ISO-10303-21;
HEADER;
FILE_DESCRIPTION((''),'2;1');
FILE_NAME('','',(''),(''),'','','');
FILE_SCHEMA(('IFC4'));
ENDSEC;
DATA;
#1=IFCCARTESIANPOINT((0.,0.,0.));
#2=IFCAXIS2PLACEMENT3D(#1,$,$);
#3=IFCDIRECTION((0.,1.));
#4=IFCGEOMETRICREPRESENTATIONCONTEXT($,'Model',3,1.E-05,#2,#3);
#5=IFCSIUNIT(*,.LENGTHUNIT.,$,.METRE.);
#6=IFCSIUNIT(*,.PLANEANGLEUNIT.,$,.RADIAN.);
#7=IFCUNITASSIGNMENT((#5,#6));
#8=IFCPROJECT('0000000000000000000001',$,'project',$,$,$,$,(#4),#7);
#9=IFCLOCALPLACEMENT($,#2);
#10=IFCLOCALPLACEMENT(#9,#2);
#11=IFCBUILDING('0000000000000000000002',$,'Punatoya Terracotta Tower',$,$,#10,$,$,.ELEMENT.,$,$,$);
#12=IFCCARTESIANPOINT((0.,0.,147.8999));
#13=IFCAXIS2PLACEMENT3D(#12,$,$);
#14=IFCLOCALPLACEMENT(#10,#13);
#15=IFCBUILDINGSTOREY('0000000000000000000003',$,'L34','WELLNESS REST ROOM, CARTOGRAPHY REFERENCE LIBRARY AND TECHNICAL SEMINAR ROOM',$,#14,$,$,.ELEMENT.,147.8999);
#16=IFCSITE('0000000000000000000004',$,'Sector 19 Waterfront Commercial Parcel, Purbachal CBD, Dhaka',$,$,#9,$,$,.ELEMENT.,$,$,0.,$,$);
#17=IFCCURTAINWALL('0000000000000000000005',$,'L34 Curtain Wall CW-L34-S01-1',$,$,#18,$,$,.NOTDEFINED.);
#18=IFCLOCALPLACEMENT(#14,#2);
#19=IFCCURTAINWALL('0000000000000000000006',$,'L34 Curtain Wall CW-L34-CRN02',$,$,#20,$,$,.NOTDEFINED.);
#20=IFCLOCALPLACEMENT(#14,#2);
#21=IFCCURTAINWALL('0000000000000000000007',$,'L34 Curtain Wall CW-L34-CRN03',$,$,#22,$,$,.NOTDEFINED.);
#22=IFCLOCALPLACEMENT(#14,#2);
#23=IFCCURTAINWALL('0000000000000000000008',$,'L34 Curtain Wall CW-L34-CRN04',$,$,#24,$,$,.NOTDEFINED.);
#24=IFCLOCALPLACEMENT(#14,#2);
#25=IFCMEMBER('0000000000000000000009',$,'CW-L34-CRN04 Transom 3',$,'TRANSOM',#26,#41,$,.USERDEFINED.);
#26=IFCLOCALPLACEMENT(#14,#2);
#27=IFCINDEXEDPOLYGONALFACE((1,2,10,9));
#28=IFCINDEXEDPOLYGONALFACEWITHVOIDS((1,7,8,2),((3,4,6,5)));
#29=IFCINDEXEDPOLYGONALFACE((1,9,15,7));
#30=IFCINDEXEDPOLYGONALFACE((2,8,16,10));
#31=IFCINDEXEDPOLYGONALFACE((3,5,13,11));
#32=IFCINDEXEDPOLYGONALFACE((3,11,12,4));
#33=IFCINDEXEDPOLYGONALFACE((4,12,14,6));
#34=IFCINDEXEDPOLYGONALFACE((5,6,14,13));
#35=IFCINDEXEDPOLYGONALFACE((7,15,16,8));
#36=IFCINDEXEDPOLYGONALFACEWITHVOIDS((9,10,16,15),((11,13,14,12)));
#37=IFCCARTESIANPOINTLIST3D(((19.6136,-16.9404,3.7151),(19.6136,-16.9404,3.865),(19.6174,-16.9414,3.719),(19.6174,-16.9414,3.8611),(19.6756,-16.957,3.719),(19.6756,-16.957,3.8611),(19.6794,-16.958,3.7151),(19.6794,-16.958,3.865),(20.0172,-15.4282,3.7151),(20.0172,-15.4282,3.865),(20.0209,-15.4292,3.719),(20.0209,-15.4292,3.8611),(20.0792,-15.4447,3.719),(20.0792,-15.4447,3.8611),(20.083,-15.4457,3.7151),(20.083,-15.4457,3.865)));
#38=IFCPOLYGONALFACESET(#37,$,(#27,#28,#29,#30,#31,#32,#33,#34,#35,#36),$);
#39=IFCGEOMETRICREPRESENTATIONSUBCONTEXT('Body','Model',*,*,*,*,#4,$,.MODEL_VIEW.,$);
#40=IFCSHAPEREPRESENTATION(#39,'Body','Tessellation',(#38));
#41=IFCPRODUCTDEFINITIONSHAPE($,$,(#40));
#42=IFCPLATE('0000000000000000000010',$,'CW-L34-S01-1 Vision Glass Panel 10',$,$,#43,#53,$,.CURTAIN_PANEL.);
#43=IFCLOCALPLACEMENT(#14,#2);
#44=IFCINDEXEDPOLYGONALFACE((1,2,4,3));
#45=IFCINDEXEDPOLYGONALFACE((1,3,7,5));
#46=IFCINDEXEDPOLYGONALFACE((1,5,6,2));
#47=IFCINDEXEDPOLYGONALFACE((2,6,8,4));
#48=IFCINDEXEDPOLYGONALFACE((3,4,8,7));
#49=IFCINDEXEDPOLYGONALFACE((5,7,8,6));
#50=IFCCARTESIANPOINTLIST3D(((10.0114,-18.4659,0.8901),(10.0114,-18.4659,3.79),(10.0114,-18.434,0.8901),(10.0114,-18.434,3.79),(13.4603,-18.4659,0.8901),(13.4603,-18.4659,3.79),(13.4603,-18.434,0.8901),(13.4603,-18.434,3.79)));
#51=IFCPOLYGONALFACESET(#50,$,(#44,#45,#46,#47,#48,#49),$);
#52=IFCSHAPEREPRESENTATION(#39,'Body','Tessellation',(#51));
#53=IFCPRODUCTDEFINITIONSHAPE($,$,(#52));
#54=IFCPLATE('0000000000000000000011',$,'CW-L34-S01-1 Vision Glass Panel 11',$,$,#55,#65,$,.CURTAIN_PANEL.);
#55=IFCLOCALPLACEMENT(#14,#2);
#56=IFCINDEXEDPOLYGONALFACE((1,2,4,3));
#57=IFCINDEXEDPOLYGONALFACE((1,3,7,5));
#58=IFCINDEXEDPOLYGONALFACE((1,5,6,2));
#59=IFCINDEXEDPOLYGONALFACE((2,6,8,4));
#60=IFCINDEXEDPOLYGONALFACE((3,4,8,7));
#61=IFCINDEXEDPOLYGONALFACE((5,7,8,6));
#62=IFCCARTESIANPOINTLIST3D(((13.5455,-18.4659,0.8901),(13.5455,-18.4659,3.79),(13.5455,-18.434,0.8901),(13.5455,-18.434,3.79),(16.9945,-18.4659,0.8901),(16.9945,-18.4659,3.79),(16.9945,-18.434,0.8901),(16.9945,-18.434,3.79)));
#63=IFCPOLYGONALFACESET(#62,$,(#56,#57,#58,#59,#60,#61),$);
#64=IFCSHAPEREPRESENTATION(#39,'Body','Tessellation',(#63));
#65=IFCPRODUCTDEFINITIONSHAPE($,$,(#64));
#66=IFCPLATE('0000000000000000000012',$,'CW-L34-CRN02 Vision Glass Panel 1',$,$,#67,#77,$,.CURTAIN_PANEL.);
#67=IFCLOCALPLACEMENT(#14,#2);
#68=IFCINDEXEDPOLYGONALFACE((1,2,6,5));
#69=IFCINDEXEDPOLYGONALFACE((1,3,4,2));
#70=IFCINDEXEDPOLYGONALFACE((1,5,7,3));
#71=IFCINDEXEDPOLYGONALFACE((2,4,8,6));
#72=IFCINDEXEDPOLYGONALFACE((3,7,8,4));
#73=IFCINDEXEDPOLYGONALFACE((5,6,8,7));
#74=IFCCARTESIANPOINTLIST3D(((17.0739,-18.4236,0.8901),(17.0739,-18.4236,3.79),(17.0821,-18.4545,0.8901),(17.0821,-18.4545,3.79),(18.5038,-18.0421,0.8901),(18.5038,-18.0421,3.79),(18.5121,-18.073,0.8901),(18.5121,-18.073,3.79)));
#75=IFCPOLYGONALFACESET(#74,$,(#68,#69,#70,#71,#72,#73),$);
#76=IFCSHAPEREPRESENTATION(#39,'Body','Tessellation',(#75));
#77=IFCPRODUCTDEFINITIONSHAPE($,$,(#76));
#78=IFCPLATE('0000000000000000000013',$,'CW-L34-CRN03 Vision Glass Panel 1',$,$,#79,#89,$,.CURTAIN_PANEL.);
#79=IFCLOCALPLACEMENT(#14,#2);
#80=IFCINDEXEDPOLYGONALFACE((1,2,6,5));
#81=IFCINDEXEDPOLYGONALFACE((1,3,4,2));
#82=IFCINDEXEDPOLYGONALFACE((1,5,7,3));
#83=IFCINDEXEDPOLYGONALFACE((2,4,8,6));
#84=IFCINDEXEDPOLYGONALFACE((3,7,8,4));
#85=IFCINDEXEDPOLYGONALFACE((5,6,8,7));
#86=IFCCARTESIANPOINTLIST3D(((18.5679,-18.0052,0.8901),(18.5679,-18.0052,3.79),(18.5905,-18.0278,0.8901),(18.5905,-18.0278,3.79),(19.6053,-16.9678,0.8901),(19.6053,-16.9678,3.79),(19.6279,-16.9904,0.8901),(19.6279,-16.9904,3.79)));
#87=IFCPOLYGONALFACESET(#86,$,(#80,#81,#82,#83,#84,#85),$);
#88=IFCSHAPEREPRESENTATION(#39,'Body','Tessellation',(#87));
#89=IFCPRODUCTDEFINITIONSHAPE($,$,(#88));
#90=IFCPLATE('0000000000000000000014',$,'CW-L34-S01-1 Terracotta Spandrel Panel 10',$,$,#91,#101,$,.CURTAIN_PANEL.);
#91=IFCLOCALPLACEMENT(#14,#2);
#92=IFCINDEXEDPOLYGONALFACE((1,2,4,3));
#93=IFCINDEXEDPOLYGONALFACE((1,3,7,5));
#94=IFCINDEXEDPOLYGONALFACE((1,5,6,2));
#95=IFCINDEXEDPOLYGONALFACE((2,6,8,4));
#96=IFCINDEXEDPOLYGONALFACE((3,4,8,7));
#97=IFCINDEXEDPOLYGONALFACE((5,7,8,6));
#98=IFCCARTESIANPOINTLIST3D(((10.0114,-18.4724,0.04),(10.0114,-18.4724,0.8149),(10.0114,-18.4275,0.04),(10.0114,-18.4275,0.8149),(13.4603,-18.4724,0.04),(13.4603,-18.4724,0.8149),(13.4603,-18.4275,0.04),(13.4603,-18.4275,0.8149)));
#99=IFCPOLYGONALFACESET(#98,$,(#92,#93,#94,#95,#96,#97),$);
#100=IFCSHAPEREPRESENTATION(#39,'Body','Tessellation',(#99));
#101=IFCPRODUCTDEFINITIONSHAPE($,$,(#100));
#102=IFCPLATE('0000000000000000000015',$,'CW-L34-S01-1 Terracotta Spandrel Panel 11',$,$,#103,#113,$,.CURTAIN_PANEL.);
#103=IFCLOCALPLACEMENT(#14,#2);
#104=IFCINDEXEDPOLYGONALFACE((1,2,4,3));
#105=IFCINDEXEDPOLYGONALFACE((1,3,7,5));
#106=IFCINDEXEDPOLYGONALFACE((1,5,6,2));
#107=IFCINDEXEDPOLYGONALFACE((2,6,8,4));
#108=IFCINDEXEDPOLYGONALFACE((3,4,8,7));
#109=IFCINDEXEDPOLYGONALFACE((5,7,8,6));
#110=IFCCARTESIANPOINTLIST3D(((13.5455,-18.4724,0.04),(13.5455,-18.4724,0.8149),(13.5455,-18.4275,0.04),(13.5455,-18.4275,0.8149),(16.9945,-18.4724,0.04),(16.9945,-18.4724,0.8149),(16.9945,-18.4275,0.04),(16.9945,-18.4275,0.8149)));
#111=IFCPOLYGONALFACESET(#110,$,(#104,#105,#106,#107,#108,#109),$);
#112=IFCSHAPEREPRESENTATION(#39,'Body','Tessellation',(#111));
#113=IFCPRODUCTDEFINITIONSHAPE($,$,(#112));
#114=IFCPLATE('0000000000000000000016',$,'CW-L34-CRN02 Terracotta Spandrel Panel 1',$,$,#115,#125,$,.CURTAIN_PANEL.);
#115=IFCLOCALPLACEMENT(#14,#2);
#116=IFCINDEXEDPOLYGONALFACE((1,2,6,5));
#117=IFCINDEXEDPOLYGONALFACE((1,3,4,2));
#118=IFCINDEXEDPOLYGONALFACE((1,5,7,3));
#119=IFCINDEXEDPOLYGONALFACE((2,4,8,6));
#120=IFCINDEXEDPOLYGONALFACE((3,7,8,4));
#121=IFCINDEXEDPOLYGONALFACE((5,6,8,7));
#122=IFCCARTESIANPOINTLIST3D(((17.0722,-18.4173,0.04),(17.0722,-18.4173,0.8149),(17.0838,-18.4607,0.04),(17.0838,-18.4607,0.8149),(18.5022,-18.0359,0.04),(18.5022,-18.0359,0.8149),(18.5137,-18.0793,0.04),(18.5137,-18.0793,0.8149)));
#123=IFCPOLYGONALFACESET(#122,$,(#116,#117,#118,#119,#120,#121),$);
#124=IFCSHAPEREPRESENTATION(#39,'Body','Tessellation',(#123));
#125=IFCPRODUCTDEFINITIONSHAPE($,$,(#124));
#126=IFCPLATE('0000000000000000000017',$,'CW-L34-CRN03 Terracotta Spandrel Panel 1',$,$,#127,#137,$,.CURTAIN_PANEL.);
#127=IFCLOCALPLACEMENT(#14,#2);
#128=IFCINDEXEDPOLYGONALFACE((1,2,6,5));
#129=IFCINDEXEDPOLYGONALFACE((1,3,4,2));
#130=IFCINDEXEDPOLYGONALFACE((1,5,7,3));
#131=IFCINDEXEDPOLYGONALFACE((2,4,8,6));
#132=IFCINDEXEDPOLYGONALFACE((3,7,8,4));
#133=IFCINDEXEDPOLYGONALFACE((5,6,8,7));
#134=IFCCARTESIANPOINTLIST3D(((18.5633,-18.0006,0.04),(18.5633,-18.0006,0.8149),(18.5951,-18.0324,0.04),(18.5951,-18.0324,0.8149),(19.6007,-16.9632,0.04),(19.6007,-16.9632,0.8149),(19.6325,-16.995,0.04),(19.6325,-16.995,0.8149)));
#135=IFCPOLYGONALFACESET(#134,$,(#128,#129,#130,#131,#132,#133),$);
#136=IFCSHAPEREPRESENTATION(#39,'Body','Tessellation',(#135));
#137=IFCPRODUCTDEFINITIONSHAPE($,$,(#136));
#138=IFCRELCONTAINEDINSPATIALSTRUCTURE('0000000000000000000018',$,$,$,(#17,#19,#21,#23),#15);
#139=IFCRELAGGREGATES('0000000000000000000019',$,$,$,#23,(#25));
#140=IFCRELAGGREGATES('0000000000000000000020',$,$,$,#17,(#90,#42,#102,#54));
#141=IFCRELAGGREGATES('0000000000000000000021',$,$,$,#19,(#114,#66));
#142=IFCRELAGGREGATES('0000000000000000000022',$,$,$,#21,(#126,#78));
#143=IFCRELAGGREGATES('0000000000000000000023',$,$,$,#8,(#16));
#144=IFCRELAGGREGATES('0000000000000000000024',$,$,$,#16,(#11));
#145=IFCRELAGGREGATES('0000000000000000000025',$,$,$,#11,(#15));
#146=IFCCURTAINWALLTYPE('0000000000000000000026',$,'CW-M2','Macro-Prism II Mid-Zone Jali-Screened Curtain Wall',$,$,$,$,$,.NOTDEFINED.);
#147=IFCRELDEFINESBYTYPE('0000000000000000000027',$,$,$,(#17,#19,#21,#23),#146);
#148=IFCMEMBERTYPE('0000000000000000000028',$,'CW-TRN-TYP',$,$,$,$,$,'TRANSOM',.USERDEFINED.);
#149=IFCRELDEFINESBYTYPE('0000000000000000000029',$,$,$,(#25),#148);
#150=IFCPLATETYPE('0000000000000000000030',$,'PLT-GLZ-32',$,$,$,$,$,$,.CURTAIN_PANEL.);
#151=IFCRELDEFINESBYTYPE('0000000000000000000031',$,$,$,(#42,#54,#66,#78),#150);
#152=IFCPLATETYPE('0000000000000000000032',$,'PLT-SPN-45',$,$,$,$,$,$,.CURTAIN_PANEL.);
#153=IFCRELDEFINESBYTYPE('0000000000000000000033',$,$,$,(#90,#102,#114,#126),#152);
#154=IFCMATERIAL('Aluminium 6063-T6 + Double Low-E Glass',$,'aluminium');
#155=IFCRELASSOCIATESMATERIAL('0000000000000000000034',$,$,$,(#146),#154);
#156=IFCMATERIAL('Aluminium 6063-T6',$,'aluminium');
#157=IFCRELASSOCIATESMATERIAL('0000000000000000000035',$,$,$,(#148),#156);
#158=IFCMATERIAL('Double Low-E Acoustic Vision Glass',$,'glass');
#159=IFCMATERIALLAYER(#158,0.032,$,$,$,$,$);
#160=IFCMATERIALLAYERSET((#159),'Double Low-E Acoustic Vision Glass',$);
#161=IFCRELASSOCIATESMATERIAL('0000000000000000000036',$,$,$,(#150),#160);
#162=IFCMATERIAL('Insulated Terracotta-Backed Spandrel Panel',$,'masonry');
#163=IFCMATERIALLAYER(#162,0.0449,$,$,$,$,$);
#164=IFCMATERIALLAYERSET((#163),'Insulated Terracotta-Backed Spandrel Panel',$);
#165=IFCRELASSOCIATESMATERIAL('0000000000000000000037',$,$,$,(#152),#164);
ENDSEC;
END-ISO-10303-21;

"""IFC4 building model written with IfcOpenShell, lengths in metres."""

from ifc_helpers import new_model, si_unit, direction, frame, origin, origin_2d, place, context, subcontext, project, spatial, rectangle, hollow_rectangle, extrude, material, layer, layer_set, material_profile, profile_set, type_object, element, aggregate, save


model = new_model("IFC4")

# Units and contexts
model_context = context("Model", 3, precision=1e-05, world=origin(), true_north=direction((0.0, 1.0)))
body_context = subcontext(model_context, "Body", "Model", "MODEL_VIEW")
ifc_project = project(units=[si_unit("LENGTHUNIT", "METRE"), si_unit("PLANEANGLEUNIT", "RADIAN")], contexts=[model_context])

# Site, building, storey
site_placement = place(None, origin())
site = spatial("IfcSite", under=ifc_project, at=site_placement, Name="Sector 19 Waterfront Commercial Parcel, Purbachal CBD, Dhaka", CompositionType="ELEMENT", RefElevation=0.0)
building_placement = place(site_placement, origin())
building = spatial("IfcBuilding", under=site, at=building_placement, Name="Punatoya Terracotta Tower", CompositionType="ELEMENT")
storey_placement = place(building_placement, frame((0.0, 0.0, 147.8999)))
storey = spatial("IfcBuildingStorey", under=building, at=storey_placement, Name="L34", Description="WELLNESS REST ROOM, CARTOGRAPHY REFERENCE LIBRARY AND TECHNICAL SEMINAR ROOM", CompositionType="ELEMENT", Elevation=147.8999)

# Curtain walls
ifc_material_1 = material(Name="Aluminium 6063-T6 + Double Low-E Glass", Category="aluminium")
curtain_wall_type = type_object("IfcCurtainWallType", Name="CW-M2", Description="Macro-Prism II Mid-Zone Jali-Screened Curtain Wall", PredefinedType="NOTDEFINED", material=ifc_material_1)
curtain_wall_1_placement = place(storey_placement, origin())
curtain_wall_1 = element("IfcCurtainWall", 1, at=curtain_wall_1_placement, inside=storey, type_object=curtain_wall_type, Name="L34 Curtain Wall CW-L34-S01-1", PredefinedType="NOTDEFINED")
ifc_material_2 = material(Name="Aluminium 6063-T6", Category="aluminium")
curtain_wall_2_placement = place(storey_placement, origin())
curtain_wall_2 = element("IfcCurtainWall", 2, at=curtain_wall_2_placement, inside=storey, type_object=curtain_wall_type, Name="L34 Curtain Wall CW-L34-CRN02", PredefinedType="NOTDEFINED")
curtain_wall_3_placement = place(storey_placement, origin())
curtain_wall_3 = element("IfcCurtainWall", 3, at=curtain_wall_3_placement, inside=storey, type_object=curtain_wall_type, Name="L34 Curtain Wall CW-L34-CRN03", PredefinedType="NOTDEFINED")

# Curtain wall
curtain_wall_4_placement = place(storey_placement, origin())
curtain_wall_4 = element("IfcCurtainWall", 4, at=curtain_wall_4_placement, inside=storey, type_object=curtain_wall_type, Name="L34 Curtain Wall CW-L34-CRN04", PredefinedType="NOTDEFINED")

# Member
ifc_material_profile_1 = material_profile(ifc_material_2, hollow_rectangle(XDim=0.0681, YDim=0.1499, WallThickness=0.0039, at=origin_2d()))
ifc_profile_set_1 = profile_set([ifc_material_profile_1], Name="Aluminium 6063-T6")
member_type_1 = type_object("IfcMemberType", Name="CW-TRN-TYP", ElementType="TRANSOM", PredefinedType="USERDEFINED", material=ifc_profile_set_1)
member_1_placement = place(storey_placement, frame((19.6465, -16.9492, 3.79), z_axis=(0.257847, 0.966186, 0.0), x_axis=(-0.966186, 0.257847, 0.0)))
member_1 = element("IfcMember", 5, at=member_1_placement, type_object=member_type_1, Name="CW-L34-CRN04 Transom 3", ObjectType="TRANSOM", PredefinedType="USERDEFINED", context=body_context, shape_type="SweptSolid", body=[
    extrude(hollow_rectangle(XDim=0.0681, YDim=0.1499, WallThickness=0.0039, at=origin_2d()), origin(), (0.0, 0.0, 1.0), 1.5652),
])
aggregate(curtain_wall_4, [member_1])

# Plates
ifc_material_3 = material(Name="Double Low-E Acoustic Vision Glass", Category="glass")
ifc_layer_1 = layer(ifc_material_3, 0.032)
ifc_layer_set_1 = layer_set([ifc_layer_1], Name="Double Low-E Acoustic Vision Glass")
plate_type_1 = type_object("IfcPlateType", Name="PLT-GLZ-32", PredefinedType="CURTAIN_PANEL", material=ifc_layer_set_1)
plate_1_placement = place(storey_placement, frame((11.7358, -18.45, 0.8901), z_axis=(0.0, 0.0, 1.0), x_axis=(1.0, 0.0, 0.0)))
plate_1 = element("IfcPlate", 6, at=plate_1_placement, type_object=plate_type_1, Name="CW-L34-S01-1 Vision Glass Panel 10", PredefinedType="CURTAIN_PANEL", context=body_context, shape_type="SweptSolid", body=[
    extrude(rectangle(XDim=3.449, YDim=0.032, at=origin_2d()), origin(), (0.0, 0.0, 1.0), 2.8999),
])
plate_2_placement = place(storey_placement, frame((15.27, -18.45, 0.8901), z_axis=(0.0, 0.0, 1.0), x_axis=(1.0, 0.0, 0.0)))
plate_2 = element("IfcPlate", 7, at=plate_2_placement, type_object=plate_type_1, Name="CW-L34-S01-1 Vision Glass Panel 11", PredefinedType="CURTAIN_PANEL", context=body_context, shape_type="SweptSolid", body=[
    extrude(rectangle(XDim=3.449, YDim=0.032, at=origin_2d()), origin(), (0.0, 0.0, 1.0), 2.8999),
])
plate_3_placement = place(storey_placement, frame((17.793, -18.2483, 0.8901), z_axis=(0.0, 0.0, 1.0), x_axis=(0.966214, 0.257742, 0.0)))
plate_3 = element("IfcPlate", 8, at=plate_3_placement, type_object=plate_type_1, Name="CW-L34-CRN02 Vision Glass Panel 1", PredefinedType="CURTAIN_PANEL", context=body_context, shape_type="SweptSolid", body=[
    extrude(rectangle(XDim=1.48, YDim=0.032, at=origin_2d()), origin(), (0.0, 0.0, 1.0), 2.8999),
])
plate_4_placement = place(storey_placement, frame((19.0979, -17.4978, 0.8901), z_axis=(0.0, 0.0, 1.0), x_axis=(0.707107, 0.707107, 0.0)))
plate_4 = element("IfcPlate", 9, at=plate_4_placement, type_object=plate_type_1, Name="CW-L34-CRN03 Vision Glass Panel 1", PredefinedType="CURTAIN_PANEL", context=body_context, shape_type="SweptSolid", body=[
    extrude(rectangle(XDim=1.467, YDim=0.032, at=origin_2d()), origin(), (0.0, 0.0, 1.0), 2.8999),
])
ifc_material_4 = material(Name="Insulated Terracotta-Backed Spandrel Panel", Category="masonry")
ifc_layer_2 = layer(ifc_material_4, 0.0449)
ifc_layer_set_2 = layer_set([ifc_layer_2], Name="Insulated Terracotta-Backed Spandrel Panel")
plate_type_2 = type_object("IfcPlateType", Name="PLT-SPN-45", PredefinedType="CURTAIN_PANEL", material=ifc_layer_set_2)
plate_5_placement = place(storey_placement, frame((11.7358, -18.45, 0.04), z_axis=(0.0, 0.0, 1.0), x_axis=(1.0, 0.0, 0.0)))
plate_5 = element("IfcPlate", 10, at=plate_5_placement, type_object=plate_type_2, Name="CW-L34-S01-1 Terracotta Spandrel Panel 10", PredefinedType="CURTAIN_PANEL", context=body_context, shape_type="SweptSolid", body=[
    extrude(rectangle(XDim=3.449, YDim=0.0449, at=origin_2d()), origin(), (0.0, 0.0, 1.0), 0.7749),
])
plate_6_placement = place(storey_placement, frame((15.27, -18.45, 0.04), z_axis=(0.0, 0.0, 1.0), x_axis=(1.0, 0.0, 0.0)))
plate_6 = element("IfcPlate", 11, at=plate_6_placement, type_object=plate_type_2, Name="CW-L34-S01-1 Terracotta Spandrel Panel 11", PredefinedType="CURTAIN_PANEL", context=body_context, shape_type="SweptSolid", body=[
    extrude(rectangle(XDim=3.449, YDim=0.0449, at=origin_2d()), origin(), (0.0, 0.0, 1.0), 0.7749),
])
aggregate(curtain_wall_1, [plate_5, plate_1, plate_6, plate_2])
plate_7_placement = place(storey_placement, frame((17.793, -18.2483, 0.04), z_axis=(0.0, 0.0, 1.0), x_axis=(0.966214, 0.257742, 0.0)))
plate_7 = element("IfcPlate", 12, at=plate_7_placement, type_object=plate_type_2, Name="CW-L34-CRN02 Terracotta Spandrel Panel 1", PredefinedType="CURTAIN_PANEL", context=body_context, shape_type="SweptSolid", body=[
    extrude(rectangle(XDim=1.48, YDim=0.0449, at=origin_2d()), origin(), (0.0, 0.0, 1.0), 0.7749),
])
aggregate(curtain_wall_2, [plate_7, plate_3])
plate_8_placement = place(storey_placement, frame((19.0979, -17.4978, 0.04), z_axis=(0.0, 0.0, 1.0), x_axis=(0.707107, 0.707107, 0.0)))
plate_8 = element("IfcPlate", 13, at=plate_8_placement, type_object=plate_type_2, Name="CW-L34-CRN03 Terracotta Spandrel Panel 1", PredefinedType="CURTAIN_PANEL", context=body_context, shape_type="SweptSolid", body=[
    extrude(rectangle(XDim=1.467, YDim=0.0449, at=origin_2d()), origin(), (0.0, 0.0, 1.0), 0.7749),
])
aggregate(curtain_wall_3, [plate_8, plate_4])

save(model, "model.ifc")
